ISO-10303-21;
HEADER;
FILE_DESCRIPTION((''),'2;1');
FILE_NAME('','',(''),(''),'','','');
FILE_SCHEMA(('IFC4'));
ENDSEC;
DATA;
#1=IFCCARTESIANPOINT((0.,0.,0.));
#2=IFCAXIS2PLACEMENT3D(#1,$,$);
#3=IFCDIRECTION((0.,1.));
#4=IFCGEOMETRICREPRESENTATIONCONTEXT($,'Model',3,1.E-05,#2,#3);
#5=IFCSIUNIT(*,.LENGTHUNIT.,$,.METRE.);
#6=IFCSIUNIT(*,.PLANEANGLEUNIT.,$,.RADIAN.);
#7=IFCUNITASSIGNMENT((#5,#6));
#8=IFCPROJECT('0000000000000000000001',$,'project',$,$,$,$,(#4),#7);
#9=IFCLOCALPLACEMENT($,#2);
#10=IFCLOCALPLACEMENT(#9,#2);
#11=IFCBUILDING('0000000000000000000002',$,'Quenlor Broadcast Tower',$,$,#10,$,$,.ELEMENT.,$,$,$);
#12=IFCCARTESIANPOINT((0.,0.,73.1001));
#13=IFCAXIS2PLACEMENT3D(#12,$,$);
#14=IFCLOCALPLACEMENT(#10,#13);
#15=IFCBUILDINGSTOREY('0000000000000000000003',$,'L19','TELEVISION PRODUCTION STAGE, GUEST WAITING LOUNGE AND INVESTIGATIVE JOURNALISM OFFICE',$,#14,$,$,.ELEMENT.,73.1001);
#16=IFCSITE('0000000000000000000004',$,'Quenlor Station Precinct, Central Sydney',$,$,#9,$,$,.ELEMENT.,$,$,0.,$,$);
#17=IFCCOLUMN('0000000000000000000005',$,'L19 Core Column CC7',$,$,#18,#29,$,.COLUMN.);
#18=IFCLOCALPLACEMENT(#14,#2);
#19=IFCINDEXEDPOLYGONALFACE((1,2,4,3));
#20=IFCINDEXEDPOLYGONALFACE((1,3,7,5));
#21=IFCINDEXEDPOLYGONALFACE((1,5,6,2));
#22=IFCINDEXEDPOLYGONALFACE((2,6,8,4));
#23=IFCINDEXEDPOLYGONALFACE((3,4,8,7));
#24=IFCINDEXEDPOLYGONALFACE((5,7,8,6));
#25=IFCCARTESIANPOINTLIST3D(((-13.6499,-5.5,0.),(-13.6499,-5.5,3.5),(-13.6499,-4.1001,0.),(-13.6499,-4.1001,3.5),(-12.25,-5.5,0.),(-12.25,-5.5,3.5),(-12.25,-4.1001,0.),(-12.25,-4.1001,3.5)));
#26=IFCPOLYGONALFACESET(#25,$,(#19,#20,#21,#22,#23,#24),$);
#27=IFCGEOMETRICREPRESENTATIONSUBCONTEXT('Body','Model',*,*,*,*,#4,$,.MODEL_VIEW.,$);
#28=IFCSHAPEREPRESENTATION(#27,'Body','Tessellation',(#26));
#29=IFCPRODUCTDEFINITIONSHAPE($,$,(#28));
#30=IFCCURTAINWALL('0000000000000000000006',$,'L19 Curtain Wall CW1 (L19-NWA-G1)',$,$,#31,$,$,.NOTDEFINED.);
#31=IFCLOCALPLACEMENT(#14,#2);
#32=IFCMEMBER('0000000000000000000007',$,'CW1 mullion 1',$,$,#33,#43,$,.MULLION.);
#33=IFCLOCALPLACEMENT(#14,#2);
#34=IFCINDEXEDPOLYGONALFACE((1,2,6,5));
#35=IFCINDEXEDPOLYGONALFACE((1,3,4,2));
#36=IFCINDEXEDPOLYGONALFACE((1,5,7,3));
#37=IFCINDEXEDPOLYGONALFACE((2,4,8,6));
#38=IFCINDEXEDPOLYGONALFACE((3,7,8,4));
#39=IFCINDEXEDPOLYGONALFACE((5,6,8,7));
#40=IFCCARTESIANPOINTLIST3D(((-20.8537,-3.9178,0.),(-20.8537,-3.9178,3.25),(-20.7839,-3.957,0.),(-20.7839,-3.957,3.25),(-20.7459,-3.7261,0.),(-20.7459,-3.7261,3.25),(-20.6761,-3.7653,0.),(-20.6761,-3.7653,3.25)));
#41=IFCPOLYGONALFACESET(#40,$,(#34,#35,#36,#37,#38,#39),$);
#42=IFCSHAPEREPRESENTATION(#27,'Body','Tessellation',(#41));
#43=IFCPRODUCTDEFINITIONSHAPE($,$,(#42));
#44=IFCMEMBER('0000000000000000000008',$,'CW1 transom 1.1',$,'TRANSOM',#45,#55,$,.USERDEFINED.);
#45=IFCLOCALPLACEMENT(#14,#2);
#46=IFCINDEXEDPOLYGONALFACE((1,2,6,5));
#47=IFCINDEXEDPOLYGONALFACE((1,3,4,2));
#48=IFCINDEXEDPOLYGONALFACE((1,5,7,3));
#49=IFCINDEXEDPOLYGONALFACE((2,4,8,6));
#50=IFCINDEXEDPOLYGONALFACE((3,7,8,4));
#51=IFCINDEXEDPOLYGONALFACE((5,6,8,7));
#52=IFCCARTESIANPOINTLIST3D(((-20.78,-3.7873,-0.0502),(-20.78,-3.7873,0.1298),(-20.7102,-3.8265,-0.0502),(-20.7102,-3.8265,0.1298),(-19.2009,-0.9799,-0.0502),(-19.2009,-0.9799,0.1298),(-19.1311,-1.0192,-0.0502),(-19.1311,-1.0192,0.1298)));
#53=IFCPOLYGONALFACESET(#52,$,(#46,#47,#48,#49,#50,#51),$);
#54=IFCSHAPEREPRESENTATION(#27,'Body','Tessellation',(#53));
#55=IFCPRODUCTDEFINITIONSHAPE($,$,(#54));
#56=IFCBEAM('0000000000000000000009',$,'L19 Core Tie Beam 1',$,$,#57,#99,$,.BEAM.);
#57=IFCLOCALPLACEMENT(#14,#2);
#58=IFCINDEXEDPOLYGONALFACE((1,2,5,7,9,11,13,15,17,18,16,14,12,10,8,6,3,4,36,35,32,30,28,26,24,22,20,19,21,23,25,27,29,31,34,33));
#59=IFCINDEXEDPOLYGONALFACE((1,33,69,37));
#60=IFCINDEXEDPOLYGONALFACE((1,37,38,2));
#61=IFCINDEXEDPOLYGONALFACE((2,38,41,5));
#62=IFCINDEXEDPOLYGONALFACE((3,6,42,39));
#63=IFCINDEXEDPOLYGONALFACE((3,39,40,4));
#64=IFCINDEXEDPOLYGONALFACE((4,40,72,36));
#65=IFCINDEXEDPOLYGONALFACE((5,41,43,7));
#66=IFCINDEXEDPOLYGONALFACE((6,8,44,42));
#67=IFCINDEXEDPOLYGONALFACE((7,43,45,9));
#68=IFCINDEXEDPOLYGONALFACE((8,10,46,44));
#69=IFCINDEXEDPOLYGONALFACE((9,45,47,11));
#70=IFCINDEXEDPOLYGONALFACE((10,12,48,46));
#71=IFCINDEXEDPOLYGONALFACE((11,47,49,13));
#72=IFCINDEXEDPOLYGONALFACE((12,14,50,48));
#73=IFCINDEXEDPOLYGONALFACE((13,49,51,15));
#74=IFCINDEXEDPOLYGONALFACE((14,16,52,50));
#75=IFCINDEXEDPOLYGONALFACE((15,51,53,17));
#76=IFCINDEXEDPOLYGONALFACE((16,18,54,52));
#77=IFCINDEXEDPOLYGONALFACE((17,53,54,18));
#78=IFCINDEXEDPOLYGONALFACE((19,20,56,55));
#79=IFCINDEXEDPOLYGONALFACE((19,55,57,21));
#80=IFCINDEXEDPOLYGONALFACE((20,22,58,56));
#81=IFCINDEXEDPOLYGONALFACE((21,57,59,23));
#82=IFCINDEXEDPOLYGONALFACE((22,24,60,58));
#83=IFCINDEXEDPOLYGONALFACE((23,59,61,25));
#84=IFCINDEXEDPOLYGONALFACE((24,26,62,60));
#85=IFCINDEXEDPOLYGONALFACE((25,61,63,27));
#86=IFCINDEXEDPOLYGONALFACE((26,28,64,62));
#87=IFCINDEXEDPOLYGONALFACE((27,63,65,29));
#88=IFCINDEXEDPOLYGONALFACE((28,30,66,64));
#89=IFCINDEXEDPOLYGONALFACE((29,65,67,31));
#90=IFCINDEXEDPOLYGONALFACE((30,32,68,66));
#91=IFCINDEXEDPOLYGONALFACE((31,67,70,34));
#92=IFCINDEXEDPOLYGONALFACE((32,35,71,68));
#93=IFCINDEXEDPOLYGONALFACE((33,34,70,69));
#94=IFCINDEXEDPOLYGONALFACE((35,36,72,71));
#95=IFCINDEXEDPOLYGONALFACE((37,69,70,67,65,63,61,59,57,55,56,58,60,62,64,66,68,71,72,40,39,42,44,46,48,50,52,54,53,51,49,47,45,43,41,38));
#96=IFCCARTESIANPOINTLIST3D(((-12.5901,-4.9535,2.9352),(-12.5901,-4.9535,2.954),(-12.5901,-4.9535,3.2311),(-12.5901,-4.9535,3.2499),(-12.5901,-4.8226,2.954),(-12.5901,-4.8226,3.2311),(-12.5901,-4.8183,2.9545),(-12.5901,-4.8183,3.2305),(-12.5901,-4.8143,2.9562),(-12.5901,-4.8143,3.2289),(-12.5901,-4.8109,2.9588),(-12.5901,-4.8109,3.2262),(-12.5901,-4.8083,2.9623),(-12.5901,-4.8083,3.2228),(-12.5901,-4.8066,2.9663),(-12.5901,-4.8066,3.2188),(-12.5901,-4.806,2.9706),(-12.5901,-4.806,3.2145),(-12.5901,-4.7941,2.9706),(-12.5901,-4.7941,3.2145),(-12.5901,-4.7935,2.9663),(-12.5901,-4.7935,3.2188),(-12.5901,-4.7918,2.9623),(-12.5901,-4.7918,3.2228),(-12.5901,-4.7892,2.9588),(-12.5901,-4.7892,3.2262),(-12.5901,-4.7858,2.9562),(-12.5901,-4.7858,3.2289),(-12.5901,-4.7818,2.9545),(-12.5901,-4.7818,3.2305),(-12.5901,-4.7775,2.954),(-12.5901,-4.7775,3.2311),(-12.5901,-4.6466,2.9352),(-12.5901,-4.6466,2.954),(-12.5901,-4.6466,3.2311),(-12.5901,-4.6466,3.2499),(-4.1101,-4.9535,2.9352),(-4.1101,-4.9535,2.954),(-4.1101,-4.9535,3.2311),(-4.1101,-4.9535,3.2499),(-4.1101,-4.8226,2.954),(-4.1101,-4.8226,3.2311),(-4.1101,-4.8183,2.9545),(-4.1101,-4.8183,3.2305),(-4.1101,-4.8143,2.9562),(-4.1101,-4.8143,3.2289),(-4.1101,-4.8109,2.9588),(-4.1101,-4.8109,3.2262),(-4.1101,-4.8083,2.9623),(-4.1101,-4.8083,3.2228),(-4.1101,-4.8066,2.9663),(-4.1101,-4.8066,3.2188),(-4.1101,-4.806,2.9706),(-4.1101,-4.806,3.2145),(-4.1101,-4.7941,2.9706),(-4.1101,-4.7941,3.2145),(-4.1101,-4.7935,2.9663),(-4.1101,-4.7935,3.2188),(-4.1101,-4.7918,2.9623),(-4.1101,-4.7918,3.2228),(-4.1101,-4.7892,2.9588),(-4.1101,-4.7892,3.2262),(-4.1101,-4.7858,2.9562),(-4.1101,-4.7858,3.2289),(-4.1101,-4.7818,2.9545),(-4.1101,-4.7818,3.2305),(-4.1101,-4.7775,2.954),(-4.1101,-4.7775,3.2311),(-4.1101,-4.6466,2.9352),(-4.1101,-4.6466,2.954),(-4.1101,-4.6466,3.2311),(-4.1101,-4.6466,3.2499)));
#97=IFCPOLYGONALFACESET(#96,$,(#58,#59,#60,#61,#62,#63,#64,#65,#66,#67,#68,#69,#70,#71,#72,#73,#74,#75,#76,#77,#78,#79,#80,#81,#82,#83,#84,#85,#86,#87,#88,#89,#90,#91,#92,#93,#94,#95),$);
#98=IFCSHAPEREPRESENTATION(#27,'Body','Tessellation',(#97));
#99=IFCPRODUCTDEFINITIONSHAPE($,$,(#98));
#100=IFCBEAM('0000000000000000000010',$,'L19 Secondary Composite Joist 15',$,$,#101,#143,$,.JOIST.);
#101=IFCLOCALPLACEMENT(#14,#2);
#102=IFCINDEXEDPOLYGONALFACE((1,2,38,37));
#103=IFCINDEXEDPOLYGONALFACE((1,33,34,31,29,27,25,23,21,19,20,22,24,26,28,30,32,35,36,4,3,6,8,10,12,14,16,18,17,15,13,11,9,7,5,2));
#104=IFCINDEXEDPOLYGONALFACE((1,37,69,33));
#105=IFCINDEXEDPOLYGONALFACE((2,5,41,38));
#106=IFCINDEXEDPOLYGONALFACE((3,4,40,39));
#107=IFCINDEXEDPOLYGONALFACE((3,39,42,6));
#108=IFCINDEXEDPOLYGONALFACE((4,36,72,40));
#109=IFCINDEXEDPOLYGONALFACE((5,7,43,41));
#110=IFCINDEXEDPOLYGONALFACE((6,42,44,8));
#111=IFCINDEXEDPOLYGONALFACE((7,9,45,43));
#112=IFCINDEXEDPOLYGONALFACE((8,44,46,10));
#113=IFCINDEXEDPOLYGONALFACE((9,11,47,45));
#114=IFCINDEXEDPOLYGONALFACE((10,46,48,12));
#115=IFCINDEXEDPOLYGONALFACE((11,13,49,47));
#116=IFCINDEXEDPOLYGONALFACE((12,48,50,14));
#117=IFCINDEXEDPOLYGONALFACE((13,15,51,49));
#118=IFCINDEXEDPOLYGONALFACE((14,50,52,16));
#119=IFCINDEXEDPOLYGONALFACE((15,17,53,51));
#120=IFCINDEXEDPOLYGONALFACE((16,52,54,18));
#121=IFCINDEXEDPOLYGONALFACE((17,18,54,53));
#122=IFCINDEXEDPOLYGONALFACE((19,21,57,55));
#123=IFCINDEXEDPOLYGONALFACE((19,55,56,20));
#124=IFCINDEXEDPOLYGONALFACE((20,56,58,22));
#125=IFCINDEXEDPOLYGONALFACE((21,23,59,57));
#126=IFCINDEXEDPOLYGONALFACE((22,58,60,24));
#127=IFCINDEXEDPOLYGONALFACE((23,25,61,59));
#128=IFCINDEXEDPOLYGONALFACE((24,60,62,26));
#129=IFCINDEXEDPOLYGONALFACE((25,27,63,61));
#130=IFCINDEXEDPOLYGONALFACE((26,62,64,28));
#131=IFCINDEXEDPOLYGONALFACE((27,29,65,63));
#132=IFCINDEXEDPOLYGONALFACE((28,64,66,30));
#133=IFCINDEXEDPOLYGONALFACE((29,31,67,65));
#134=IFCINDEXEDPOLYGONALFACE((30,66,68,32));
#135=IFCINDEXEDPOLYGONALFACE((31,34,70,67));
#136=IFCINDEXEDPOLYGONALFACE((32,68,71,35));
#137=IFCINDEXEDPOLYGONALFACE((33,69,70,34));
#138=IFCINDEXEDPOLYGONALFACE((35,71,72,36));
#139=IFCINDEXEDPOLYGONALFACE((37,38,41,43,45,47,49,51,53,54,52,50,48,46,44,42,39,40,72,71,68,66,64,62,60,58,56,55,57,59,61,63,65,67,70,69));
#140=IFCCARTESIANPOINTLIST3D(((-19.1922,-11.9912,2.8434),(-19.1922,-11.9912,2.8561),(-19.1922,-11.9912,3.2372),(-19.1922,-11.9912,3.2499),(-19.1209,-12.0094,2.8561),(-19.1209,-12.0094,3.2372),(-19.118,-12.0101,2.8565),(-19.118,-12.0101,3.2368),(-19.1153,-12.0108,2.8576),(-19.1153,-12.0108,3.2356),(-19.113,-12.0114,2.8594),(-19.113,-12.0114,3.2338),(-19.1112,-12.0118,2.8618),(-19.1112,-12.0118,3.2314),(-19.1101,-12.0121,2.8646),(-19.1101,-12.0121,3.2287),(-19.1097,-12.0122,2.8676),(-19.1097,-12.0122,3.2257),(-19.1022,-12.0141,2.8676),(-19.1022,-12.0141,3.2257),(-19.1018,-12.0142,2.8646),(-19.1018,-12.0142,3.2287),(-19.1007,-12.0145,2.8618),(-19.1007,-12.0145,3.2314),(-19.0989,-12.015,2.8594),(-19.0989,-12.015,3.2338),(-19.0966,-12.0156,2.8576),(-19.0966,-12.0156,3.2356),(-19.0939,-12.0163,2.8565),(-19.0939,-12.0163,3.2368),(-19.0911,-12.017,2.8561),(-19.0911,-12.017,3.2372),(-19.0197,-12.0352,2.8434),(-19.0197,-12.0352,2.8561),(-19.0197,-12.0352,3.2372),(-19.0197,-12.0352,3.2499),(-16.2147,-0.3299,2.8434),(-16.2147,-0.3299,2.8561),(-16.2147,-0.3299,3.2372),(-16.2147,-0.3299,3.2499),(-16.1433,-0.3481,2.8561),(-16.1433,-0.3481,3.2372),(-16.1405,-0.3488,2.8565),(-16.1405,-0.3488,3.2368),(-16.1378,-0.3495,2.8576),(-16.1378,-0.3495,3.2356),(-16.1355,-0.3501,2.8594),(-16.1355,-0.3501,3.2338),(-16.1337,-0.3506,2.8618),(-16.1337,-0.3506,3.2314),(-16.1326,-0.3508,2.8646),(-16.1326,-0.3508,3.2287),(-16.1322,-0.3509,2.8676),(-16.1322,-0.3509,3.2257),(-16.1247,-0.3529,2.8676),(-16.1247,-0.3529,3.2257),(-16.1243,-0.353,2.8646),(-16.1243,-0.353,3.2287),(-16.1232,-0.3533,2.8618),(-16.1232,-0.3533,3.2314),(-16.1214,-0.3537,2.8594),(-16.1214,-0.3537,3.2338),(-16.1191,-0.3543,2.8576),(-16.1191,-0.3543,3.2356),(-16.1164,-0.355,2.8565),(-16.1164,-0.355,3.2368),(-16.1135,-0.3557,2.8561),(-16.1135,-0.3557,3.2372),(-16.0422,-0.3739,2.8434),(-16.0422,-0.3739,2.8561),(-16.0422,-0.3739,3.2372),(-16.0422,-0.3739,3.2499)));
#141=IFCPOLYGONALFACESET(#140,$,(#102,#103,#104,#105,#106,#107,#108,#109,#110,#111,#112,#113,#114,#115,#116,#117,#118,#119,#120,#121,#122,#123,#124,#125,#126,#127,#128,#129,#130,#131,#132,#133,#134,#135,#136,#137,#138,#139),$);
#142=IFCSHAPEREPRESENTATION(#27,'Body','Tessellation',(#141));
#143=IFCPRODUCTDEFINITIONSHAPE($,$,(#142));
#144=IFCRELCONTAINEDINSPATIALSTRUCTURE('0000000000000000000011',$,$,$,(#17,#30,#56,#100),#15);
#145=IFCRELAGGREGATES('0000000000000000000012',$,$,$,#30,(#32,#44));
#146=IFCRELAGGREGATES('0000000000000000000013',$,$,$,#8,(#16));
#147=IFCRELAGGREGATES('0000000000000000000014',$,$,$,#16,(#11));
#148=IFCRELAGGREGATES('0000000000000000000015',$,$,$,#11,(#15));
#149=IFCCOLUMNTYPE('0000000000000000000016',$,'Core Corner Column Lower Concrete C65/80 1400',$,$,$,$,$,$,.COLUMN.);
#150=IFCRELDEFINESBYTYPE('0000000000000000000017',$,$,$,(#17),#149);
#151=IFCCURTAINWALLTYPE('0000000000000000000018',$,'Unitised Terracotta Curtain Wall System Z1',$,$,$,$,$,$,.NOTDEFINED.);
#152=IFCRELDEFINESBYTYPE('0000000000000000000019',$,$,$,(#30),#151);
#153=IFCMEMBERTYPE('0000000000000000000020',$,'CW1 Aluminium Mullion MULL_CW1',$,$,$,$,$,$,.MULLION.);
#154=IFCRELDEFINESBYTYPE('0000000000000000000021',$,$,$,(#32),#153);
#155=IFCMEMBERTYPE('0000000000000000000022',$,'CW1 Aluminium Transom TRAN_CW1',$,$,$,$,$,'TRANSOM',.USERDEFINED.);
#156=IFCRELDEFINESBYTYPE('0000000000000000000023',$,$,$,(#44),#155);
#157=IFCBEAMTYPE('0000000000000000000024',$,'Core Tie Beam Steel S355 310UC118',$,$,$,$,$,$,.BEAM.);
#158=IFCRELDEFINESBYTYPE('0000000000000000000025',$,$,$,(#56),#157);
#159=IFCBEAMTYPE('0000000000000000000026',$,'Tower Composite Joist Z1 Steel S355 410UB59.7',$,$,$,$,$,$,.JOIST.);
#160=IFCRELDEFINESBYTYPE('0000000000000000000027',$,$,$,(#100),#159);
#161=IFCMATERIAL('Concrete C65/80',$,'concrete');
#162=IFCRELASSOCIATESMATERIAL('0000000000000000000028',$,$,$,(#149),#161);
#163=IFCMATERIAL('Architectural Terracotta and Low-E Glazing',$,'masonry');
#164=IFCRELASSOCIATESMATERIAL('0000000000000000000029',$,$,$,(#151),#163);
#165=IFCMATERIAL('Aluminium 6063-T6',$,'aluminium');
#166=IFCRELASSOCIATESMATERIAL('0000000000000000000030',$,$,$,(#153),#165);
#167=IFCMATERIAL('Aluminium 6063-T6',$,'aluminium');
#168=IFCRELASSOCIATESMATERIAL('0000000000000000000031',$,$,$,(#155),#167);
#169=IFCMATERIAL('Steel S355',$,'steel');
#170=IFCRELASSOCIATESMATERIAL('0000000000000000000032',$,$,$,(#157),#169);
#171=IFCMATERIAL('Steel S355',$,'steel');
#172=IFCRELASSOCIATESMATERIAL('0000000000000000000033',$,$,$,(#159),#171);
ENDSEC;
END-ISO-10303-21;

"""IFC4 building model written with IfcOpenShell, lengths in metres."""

from ifc_helpers import new_model, si_unit, direction, frame, origin, origin_2d, place, context, subcontext, project, spatial, rectangle, i_section, extrude, material, material_profile, profile_set, type_object, element, aggregate, save


model = new_model("IFC4")

# Units and contexts
model_context = context("Model", 3, precision=1e-05, world=origin(), true_north=direction((0.0, 1.0)))
body_context = subcontext(model_context, "Body", "Model", "MODEL_VIEW")
ifc_project = project(units=[si_unit("LENGTHUNIT", "METRE"), si_unit("PLANEANGLEUNIT", "RADIAN")], contexts=[model_context])

# Site, building, storey
site_placement = place(None, origin())
site = spatial("IfcSite", under=ifc_project, at=site_placement, Name="Quenlor Station Precinct, Central Sydney", CompositionType="ELEMENT", RefElevation=0.0)
building_placement = place(site_placement, origin())
building = spatial("IfcBuilding", under=site, at=building_placement, Name="Quenlor Broadcast Tower", CompositionType="ELEMENT")
storey_placement = place(building_placement, frame((0.0, 0.0, 73.1001)))
storey = spatial("IfcBuildingStorey", under=building, at=storey_placement, Name="L19", Description="TELEVISION PRODUCTION STAGE, GUEST WAITING LOUNGE AND INVESTIGATIVE JOURNALISM OFFICE", CompositionType="ELEMENT", Elevation=73.1001)

# Column
ifc_material_1 = material(Name="Concrete C65/80", Category="concrete")
ifc_material_profile_1 = material_profile(ifc_material_1, rectangle(XDim=1.3999, YDim=1.3999, at=origin_2d()))
ifc_profile_set_1 = profile_set([ifc_material_profile_1], Name="Concrete C65/80 RC1400x1400")
column_type = type_object("IfcColumnType", Name="Core Corner Column Lower Concrete C65/80 1400", PredefinedType="COLUMN", material=ifc_profile_set_1)
column_placement = place(storey_placement, frame((-12.95, -4.8, 0.0), z_axis=(0.0, 0.0, 1.0), x_axis=(1.0, 0.0, 0.0)))
element("IfcColumn", 1, at=column_placement, inside=storey, type_object=column_type, Name="L19 Core Column CC7", PredefinedType="COLUMN", context=body_context, shape_type="SweptSolid", body=[
    extrude(rectangle(XDim=1.3999, YDim=1.3999, at=origin_2d()), origin(), (0.0, 0.0, 1.0), 3.5),
])

# Curtain wall, members
ifc_material_2 = material(Name="Architectural Terracotta and Low-E Glazing", Category="masonry")
curtain_wall_type = type_object("IfcCurtainWallType", Name="Unitised Terracotta Curtain Wall System Z1", PredefinedType="NOTDEFINED", material=ifc_material_2)
curtain_wall_placement = place(storey_placement, origin())
curtain_wall = element("IfcCurtainWall", 2, at=curtain_wall_placement, inside=storey, type_object=curtain_wall_type, Name="L19 Curtain Wall CW1 (L19-NWA-G1)", PredefinedType="NOTDEFINED")
ifc_material_3 = material(Name="Aluminium 6063-T6", Category="aluminium")
ifc_material_profile_2 = material_profile(ifc_material_3, rectangle(XDim=0.0801, YDim=0.22, at=origin_2d()))
ifc_profile_set_2 = profile_set([ifc_material_profile_2], Name="Aluminium 6063-T6 MULL80x220")
member_type_1 = type_object("IfcMemberType", Name="CW1 Aluminium Mullion MULL_CW1", PredefinedType="MULLION", material=ifc_profile_set_2)
member_1_placement = place(storey_placement, frame((-20.7649, -3.8416, 0.0), z_axis=(0.0, 0.0, 1.0), x_axis=(-0.871578, 0.490257, 0.0)))
member_1 = element("IfcMember", 3, at=member_1_placement, type_object=member_type_1, Name="CW1 mullion 1", PredefinedType="MULLION", context=body_context, shape_type="SweptSolid", body=[
    extrude(rectangle(XDim=0.0801, YDim=0.22, at=origin_2d()), origin(), (0.0, 0.0, 1.0), 3.25),
])
ifc_material_4 = material(Name="Aluminium 6063-T6", Category="aluminium")
ifc_material_profile_3 = material_profile(ifc_material_4, rectangle(XDim=0.0801, YDim=0.1799, at=origin_2d()))
ifc_profile_set_3 = profile_set([ifc_material_profile_3], Name="Aluminium 6063-T6 TRAN80x180")
member_type_2 = type_object("IfcMemberType", Name="CW1 Aluminium Transom TRAN_CW1", ElementType="TRANSOM", PredefinedType="USERDEFINED", material=ifc_profile_set_3)
member_2_placement = place(storey_placement, frame((-20.7451, -3.8069, 0.0398), z_axis=(0.49025, 0.871582, 0.0), x_axis=(-0.871582, 0.49025, 0.0)))
member_2 = element("IfcMember", 4, at=member_2_placement, type_object=member_type_2, Name="CW1 transom 1.1", ObjectType="TRANSOM", PredefinedType="USERDEFINED", context=body_context, shape_type="SweptSolid", body=[
    extrude(rectangle(XDim=0.0801, YDim=0.1799, at=origin_2d()), origin(), (0.0, 0.0, 1.0), 3.2209),
])
aggregate(curtain_wall, [member_1, member_2])

# Beams
ifc_material_5 = material(Name="Steel S355", Category="steel")
ifc_material_profile_4 = material_profile(ifc_material_5, i_section(OverallWidth=0.3069, OverallDepth=0.3147, WebThickness=0.012, FlangeThickness=0.0188, FilletRadius=0.0166, at=origin_2d()))
ifc_profile_set_4 = profile_set([ifc_material_profile_4], Name="Steel S355 310UC118")
beam_type_1 = type_object("IfcBeamType", Name="Core Tie Beam Steel S355 310UC118", PredefinedType="BEAM", material=ifc_profile_set_4)
beam_1_placement = place(storey_placement, frame((-12.5901, -4.8, 3.0925), z_axis=(1.0, 0.0, 0.0), x_axis=(0.0, 1.0, 0.0)))
element("IfcBeam", 5, at=beam_1_placement, inside=storey, type_object=beam_type_1, Name="L19 Core Tie Beam 1", PredefinedType="BEAM", context=body_context, shape_type="SweptSolid", body=[
    extrude(i_section(OverallWidth=0.3069, OverallDepth=0.3147, WebThickness=0.012, FlangeThickness=0.0188, FilletRadius=0.0166, at=origin_2d()), origin(), (0.0, 0.0, 1.0), 8.48),
])
ifc_material_6 = material(Name="Steel S355", Category="steel")
ifc_material_profile_5 = material_profile(ifc_material_6, i_section(OverallWidth=0.178, OverallDepth=0.4065, WebThickness=0.0078, FlangeThickness=0.0127, FilletRadius=0.0115, at=origin_2d()))
ifc_profile_set_5 = profile_set([ifc_material_profile_5], Name="Steel S355 410UB59.7")
beam_type_2 = type_object("IfcBeamType", Name="Tower Composite Joist Z1 Steel S355 410UB59.7", PredefinedType="JOIST", material=ifc_profile_set_5)
beam_2_placement = place(storey_placement, frame((-19.106, -12.0132, 3.0466), z_axis=(0.247396, 0.968914, 0.0), x_axis=(-0.968914, 0.247396, 0.0)))
element("IfcBeam", 6, at=beam_2_placement, inside=storey, type_object=beam_type_2, Name="L19 Secondary Composite Joist 15", PredefinedType="JOIST", context=body_context, shape_type="SweptSolid", body=[
    extrude(i_section(OverallWidth=0.178, OverallDepth=0.4065, WebThickness=0.0078, FlangeThickness=0.0127, FilletRadius=0.0115, at=origin_2d()), origin(), (0.0, 0.0, 1.0), 12.0354),
])

save(model, "model.ifc")
